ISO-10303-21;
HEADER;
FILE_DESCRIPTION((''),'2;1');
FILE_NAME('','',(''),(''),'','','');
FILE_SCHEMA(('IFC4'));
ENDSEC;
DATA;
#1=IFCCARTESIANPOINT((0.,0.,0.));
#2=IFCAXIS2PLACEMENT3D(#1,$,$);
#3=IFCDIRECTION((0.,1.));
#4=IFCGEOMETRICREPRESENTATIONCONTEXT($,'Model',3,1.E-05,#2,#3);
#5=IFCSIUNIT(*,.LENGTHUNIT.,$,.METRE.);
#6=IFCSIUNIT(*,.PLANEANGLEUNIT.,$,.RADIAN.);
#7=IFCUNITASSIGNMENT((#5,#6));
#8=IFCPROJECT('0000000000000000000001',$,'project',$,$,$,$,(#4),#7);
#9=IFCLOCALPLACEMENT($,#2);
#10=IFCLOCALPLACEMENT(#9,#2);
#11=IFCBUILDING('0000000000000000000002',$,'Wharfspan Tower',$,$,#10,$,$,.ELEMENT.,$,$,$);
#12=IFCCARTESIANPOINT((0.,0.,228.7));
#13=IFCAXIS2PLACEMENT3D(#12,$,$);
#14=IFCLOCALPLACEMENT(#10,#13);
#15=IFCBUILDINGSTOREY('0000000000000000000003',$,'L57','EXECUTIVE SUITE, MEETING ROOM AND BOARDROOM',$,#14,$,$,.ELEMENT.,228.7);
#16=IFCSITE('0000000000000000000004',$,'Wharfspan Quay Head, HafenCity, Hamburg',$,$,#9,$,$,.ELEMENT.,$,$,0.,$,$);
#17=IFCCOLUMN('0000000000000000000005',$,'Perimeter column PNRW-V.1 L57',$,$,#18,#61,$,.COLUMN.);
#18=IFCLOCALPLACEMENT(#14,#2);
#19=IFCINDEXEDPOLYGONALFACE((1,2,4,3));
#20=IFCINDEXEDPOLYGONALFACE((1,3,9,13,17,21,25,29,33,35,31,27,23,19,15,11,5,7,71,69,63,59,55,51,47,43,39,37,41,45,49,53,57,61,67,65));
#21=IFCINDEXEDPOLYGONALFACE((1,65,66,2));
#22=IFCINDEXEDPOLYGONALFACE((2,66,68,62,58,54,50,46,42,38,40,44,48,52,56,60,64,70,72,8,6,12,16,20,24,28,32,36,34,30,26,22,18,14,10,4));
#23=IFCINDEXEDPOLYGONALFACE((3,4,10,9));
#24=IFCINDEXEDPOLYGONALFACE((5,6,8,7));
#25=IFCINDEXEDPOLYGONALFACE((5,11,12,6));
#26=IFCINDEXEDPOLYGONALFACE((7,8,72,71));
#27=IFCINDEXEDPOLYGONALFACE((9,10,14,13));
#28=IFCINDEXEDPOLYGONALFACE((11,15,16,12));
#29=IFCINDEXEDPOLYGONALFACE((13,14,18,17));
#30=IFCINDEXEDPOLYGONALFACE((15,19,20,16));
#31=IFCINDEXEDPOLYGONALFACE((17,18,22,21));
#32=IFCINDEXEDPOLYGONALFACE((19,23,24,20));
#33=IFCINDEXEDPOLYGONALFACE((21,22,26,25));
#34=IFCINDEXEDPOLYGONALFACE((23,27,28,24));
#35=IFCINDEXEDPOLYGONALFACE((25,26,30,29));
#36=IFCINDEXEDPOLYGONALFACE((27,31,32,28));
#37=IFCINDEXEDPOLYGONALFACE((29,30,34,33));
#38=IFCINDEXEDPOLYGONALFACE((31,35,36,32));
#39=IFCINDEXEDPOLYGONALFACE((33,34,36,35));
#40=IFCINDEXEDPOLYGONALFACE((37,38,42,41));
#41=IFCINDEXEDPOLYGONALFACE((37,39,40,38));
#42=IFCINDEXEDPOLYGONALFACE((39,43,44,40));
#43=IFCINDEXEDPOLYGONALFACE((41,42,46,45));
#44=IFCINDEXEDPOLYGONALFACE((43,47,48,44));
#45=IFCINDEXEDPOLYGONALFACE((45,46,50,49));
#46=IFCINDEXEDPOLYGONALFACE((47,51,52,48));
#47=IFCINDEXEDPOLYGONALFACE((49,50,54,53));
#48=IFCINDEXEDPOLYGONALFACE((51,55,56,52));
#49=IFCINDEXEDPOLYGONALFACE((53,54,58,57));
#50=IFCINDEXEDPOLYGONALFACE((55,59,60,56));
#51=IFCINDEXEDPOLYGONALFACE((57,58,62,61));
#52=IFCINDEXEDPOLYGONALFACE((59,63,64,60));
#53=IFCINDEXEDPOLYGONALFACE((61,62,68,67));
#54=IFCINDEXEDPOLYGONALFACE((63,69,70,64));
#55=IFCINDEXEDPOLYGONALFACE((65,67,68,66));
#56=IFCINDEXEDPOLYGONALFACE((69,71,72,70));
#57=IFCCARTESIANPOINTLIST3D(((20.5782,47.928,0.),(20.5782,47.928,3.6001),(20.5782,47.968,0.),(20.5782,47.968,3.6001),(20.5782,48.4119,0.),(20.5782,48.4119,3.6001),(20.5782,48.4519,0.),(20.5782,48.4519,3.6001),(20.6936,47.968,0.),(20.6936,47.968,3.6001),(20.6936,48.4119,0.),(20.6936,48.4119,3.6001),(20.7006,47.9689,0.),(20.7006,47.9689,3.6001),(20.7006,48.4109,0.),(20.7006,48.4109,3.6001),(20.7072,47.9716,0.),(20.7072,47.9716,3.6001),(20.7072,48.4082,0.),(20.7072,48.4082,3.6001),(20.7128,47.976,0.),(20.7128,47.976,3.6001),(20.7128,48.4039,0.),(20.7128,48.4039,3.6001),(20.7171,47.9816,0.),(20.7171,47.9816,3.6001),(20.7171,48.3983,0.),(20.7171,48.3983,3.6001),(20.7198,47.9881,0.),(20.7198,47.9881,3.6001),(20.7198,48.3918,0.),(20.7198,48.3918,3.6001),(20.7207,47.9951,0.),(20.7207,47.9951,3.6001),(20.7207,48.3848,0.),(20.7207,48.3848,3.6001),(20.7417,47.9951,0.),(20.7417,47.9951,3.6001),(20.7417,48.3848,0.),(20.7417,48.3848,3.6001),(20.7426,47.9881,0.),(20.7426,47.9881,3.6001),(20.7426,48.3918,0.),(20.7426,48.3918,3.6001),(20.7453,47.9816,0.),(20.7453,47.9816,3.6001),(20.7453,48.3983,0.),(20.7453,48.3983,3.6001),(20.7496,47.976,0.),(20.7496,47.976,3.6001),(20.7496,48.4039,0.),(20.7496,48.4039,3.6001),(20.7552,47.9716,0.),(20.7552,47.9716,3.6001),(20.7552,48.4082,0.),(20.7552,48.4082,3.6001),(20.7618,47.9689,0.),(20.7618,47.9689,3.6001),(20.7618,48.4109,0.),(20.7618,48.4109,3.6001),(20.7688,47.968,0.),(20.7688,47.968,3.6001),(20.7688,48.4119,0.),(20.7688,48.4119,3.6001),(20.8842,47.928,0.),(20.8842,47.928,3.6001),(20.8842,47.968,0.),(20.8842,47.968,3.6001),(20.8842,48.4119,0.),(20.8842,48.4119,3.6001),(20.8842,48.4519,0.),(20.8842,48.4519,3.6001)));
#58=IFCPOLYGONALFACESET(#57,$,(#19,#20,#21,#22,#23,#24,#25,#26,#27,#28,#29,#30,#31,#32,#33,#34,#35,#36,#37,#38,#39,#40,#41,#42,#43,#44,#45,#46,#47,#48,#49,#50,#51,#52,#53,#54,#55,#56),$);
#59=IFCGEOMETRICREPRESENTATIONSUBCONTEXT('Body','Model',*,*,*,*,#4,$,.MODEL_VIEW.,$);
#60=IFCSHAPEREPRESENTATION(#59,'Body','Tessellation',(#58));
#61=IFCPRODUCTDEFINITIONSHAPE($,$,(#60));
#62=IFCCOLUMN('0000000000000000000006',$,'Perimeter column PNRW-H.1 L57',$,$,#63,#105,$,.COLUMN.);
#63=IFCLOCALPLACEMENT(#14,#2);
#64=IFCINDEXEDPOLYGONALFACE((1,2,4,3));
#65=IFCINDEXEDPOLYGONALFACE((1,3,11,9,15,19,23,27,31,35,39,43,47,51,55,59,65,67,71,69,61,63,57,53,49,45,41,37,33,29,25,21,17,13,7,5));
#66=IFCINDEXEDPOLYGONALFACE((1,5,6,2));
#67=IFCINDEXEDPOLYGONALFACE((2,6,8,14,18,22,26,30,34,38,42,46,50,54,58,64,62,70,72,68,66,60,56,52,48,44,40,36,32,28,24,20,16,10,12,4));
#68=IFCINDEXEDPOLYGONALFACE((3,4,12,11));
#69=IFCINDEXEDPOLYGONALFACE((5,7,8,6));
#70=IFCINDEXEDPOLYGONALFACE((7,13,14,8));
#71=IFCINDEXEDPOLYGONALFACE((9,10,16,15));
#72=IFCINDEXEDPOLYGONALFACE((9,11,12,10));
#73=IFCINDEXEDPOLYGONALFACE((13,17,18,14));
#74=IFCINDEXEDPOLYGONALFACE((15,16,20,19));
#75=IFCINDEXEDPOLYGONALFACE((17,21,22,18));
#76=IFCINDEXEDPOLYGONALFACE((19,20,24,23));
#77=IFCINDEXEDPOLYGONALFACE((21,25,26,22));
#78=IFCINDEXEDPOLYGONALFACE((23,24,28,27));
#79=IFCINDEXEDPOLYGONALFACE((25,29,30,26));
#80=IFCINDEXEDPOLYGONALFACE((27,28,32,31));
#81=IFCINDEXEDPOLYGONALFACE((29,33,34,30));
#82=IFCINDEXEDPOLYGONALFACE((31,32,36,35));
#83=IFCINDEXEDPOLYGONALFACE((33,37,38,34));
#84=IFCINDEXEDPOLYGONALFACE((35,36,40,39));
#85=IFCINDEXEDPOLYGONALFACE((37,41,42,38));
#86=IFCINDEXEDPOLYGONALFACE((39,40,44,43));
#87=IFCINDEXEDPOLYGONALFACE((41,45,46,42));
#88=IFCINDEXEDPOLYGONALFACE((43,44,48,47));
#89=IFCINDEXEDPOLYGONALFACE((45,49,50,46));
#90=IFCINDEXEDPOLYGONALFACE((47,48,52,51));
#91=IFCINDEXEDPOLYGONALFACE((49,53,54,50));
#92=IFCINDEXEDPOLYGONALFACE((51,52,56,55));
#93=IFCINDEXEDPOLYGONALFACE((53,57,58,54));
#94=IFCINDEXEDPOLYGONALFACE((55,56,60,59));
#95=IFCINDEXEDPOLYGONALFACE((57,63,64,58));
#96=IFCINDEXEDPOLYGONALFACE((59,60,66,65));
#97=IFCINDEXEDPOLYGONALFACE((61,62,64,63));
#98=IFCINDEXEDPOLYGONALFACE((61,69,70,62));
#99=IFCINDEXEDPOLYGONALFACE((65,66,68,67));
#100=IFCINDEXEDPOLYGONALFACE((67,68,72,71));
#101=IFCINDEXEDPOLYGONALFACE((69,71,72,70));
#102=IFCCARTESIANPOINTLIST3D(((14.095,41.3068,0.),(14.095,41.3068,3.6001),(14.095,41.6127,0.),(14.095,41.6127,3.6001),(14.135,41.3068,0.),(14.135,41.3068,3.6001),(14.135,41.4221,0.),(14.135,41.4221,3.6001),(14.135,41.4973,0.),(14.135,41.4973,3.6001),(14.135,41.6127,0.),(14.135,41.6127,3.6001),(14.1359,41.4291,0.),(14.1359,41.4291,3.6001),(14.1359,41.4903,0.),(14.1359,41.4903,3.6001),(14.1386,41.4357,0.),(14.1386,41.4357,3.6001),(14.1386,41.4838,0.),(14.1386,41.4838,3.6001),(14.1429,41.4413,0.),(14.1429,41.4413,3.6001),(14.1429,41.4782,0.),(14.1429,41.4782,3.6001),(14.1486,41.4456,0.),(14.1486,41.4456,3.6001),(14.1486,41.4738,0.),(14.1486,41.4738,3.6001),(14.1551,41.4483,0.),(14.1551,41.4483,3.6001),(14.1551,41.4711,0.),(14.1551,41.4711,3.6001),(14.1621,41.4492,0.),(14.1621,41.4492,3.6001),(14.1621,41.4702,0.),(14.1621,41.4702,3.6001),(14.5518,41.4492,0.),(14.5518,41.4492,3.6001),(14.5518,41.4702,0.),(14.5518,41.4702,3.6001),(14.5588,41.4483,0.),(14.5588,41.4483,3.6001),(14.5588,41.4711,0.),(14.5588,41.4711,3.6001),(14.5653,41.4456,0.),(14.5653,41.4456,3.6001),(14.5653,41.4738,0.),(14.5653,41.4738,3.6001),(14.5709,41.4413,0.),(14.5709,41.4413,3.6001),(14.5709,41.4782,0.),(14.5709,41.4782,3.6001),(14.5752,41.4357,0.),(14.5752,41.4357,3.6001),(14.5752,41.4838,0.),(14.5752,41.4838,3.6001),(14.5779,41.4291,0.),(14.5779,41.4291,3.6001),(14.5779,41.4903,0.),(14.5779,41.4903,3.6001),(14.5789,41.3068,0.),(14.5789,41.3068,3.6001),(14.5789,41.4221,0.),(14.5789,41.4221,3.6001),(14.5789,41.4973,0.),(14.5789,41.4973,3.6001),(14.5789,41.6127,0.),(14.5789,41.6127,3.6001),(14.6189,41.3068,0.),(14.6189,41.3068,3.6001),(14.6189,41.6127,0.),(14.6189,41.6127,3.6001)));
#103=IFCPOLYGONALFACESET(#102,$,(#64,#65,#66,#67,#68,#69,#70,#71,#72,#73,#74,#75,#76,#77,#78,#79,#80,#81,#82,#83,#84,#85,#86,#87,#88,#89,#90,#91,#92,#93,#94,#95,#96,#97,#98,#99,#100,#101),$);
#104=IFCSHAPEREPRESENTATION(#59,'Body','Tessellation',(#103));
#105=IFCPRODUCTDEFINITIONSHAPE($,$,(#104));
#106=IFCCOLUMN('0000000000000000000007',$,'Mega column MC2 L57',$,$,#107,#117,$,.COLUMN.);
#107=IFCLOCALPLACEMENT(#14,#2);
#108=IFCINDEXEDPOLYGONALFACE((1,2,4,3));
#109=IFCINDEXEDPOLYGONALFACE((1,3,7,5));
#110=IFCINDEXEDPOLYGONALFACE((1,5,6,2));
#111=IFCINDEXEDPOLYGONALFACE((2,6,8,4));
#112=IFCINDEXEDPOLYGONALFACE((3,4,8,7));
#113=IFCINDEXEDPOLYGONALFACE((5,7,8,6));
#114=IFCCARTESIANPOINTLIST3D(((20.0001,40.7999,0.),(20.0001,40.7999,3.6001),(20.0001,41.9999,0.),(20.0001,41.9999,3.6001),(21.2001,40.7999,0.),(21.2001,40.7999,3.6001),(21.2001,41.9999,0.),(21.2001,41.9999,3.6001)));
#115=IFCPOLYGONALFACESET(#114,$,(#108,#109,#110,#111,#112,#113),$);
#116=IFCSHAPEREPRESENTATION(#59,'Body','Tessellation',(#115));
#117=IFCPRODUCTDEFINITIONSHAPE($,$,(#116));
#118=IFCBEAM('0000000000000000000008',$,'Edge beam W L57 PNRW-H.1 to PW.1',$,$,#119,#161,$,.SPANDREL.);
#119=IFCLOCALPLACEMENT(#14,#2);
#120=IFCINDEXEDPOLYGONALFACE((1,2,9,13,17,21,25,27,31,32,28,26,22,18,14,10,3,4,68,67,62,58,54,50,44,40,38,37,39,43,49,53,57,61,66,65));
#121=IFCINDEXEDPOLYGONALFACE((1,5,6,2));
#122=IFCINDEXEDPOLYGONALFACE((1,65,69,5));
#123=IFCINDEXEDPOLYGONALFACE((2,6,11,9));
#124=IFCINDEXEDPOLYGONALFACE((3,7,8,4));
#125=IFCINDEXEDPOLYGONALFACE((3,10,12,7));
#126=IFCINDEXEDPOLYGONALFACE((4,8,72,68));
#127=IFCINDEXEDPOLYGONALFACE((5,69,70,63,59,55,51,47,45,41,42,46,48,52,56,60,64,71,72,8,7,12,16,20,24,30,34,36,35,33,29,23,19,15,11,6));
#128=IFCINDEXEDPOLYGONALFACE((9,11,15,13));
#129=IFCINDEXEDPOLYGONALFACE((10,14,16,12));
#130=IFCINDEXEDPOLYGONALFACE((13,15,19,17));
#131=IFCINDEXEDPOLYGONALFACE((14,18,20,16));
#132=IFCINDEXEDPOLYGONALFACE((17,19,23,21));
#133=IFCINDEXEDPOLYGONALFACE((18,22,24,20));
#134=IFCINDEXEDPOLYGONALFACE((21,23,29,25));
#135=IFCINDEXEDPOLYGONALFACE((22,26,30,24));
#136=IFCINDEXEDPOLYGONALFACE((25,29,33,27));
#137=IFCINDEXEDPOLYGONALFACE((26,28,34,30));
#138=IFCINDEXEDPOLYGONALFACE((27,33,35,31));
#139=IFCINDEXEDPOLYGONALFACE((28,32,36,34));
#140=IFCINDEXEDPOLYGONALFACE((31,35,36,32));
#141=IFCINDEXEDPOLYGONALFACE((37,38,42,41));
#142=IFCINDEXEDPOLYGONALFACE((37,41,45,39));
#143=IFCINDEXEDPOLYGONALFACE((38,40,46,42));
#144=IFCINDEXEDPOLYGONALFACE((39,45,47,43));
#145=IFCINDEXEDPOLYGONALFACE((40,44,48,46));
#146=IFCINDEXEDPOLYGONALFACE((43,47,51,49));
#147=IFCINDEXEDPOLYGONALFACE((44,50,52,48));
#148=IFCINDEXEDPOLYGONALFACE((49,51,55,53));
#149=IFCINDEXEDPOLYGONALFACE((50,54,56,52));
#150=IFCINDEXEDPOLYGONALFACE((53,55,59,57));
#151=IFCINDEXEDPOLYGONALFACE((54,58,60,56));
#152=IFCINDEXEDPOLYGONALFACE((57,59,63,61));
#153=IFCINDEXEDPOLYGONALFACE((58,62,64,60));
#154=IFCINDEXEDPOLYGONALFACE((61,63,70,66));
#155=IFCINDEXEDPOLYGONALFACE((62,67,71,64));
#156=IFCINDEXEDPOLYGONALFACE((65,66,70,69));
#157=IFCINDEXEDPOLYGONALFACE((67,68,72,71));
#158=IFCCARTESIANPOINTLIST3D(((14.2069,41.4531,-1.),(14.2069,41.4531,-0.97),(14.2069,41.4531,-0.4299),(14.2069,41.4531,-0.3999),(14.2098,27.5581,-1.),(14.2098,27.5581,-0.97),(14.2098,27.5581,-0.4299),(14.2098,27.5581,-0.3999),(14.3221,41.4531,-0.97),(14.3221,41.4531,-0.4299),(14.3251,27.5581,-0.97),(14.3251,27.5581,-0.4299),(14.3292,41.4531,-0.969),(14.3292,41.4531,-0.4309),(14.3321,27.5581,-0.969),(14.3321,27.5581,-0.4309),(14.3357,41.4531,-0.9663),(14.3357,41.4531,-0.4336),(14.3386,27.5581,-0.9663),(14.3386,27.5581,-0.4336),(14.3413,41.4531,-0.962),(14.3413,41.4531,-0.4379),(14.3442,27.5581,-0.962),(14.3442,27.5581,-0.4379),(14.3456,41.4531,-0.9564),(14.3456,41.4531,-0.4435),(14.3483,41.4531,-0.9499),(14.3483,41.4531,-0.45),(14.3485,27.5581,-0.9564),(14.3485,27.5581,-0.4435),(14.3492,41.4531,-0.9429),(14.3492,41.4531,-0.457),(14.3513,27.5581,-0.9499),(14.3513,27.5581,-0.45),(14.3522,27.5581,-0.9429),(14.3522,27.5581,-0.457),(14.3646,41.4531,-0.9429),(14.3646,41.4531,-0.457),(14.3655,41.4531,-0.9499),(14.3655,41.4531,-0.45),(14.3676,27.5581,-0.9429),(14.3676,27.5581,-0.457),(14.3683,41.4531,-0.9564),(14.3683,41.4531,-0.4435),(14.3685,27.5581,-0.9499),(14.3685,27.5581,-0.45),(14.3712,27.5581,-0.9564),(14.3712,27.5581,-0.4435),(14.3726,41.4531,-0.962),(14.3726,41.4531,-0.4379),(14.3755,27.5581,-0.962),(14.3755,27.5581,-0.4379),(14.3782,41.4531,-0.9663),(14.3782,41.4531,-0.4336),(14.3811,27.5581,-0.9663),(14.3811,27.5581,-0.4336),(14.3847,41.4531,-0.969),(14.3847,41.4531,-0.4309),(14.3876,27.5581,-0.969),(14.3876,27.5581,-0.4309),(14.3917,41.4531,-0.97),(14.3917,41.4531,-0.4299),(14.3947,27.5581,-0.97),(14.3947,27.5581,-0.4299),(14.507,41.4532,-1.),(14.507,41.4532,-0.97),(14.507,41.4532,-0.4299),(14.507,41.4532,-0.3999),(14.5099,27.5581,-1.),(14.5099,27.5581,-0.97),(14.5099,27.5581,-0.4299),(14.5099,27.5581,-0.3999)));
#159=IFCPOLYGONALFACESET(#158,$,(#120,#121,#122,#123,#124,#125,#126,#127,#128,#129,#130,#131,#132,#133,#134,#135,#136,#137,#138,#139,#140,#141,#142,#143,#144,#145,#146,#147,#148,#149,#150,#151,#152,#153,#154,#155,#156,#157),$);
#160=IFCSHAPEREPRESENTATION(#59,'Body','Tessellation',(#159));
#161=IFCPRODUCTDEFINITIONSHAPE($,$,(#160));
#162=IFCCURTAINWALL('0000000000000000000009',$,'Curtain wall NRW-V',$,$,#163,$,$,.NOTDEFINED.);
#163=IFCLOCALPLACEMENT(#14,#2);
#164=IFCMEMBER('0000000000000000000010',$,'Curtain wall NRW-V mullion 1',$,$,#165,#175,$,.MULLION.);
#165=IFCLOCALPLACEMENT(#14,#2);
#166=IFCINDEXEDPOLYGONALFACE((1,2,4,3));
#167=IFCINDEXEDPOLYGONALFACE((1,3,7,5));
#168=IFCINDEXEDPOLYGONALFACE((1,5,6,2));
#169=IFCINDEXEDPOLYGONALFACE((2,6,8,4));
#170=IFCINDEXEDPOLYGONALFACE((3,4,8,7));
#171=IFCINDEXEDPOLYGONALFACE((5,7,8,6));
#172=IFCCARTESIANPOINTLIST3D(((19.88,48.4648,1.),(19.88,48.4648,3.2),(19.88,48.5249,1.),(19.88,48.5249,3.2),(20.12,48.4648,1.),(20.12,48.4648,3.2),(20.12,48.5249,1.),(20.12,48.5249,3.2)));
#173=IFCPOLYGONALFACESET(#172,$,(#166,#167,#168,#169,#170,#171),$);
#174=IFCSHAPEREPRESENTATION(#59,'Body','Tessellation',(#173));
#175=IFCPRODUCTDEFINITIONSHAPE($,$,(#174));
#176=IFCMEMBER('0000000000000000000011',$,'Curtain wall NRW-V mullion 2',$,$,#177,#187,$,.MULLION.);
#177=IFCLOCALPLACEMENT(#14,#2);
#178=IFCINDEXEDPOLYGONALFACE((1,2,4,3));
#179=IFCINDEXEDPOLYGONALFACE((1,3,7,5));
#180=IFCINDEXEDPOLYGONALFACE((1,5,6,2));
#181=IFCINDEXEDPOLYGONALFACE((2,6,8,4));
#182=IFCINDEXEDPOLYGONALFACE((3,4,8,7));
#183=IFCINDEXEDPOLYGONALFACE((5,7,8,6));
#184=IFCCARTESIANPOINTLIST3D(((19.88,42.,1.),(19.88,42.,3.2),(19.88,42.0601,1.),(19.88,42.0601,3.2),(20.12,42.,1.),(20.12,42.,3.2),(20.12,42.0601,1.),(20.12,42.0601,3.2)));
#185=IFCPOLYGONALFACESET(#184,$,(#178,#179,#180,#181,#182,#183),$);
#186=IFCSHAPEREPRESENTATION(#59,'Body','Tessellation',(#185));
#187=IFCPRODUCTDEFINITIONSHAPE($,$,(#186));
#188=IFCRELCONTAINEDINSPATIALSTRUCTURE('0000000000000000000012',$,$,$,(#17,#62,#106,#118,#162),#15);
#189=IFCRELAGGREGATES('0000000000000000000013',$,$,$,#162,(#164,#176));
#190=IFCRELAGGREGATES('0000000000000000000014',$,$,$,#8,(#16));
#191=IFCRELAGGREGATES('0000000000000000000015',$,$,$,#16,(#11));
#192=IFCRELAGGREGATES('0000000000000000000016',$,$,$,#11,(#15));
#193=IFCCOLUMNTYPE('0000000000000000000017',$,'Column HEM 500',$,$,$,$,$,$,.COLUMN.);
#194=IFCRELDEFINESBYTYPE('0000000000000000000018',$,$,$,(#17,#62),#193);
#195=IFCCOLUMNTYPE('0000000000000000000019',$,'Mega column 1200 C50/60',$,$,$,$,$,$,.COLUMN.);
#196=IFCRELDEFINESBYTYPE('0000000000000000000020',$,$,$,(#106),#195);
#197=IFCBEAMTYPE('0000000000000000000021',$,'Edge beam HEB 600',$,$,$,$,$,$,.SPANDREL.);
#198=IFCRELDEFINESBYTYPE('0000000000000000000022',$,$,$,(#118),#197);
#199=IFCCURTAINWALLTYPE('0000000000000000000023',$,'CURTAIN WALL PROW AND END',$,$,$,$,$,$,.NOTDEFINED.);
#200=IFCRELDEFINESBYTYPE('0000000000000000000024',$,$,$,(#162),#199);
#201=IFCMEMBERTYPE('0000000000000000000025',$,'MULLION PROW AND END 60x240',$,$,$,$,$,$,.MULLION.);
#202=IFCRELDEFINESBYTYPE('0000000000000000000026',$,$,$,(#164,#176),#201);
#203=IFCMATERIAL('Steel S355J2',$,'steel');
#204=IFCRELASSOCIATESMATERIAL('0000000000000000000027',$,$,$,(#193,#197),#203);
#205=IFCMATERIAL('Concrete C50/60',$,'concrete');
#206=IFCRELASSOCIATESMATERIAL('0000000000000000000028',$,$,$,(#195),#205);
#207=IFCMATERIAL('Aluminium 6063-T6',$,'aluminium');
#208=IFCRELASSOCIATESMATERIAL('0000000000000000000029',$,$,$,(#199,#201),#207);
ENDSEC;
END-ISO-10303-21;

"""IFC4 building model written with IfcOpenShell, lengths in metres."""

from ifc_helpers import new_model, si_unit, direction, frame, origin, origin_2d, place, context, subcontext, project, spatial, rectangle, i_section, extrude, material, material_profile, profile_set, type_object, element, aggregate, save


model = new_model("IFC4")

# Units and contexts
model_context = context("Model", 3, precision=1e-05, world=origin(), true_north=direction((0.0, 1.0)))
body_context = subcontext(model_context, "Body", "Model", "MODEL_VIEW")
ifc_project = project(units=[si_unit("LENGTHUNIT", "METRE"), si_unit("PLANEANGLEUNIT", "RADIAN")], contexts=[model_context])

# Site, building, storey
site_placement = place(None, origin())
site = spatial("IfcSite", under=ifc_project, at=site_placement, Name="Wharfspan Quay Head, HafenCity, Hamburg", CompositionType="ELEMENT", RefElevation=0.0)
building_placement = place(site_placement, origin())
building = spatial("IfcBuilding", under=site, at=building_placement, Name="Wharfspan Tower", CompositionType="ELEMENT")
storey_placement = place(building_placement, frame((0.0, 0.0, 228.7)))
storey = spatial("IfcBuildingStorey", under=building, at=storey_placement, Name="L57", Description="EXECUTIVE SUITE, MEETING ROOM AND BOARDROOM", CompositionType="ELEMENT", Elevation=228.7)

# Columns
ifc_material_1 = material(Name="Steel S355J2", Category="steel")
ifc_material_profile_1 = material_profile(ifc_material_1, i_section(OverallWidth=0.3059, OverallDepth=0.5239, WebThickness=0.021, FlangeThickness=0.04, FilletRadius=0.0271, at=origin_2d()))
ifc_profile_set_1 = profile_set([ifc_material_profile_1], Name="Steel S355J2")
column_type_1 = type_object("IfcColumnType", Name="Column HEM 500", PredefinedType="COLUMN", material=ifc_profile_set_1)
for number, where, z_axis, x_axis, name in (
    (1, (20.7312, 48.1899, 0.0), (0.0, 0.0, 1.0), (-1.0, 0.0, 0.0), "Perimeter column PNRW-V.1 L57"),
    (2, (14.3569, 41.4597, 0.0), (0.0, 0.0, 1.0), (0.0, 1.0, 0.0), "Perimeter column PNRW-H.1 L57"),
):
    element("IfcColumn", number, at=place(storey_placement, frame(where, z_axis=z_axis, x_axis=x_axis)), inside=storey, type_object=column_type_1, Name=name, PredefinedType="COLUMN", context=body_context, shape_type="SweptSolid", body=[
        extrude(i_section(OverallWidth=0.3059, OverallDepth=0.5239, WebThickness=0.021, FlangeThickness=0.04, FilletRadius=0.0271, at=origin_2d()), origin(), (0.0, 0.0, 1.0), 3.6001),
    ])
ifc_material_2 = material(Name="Concrete C50/60", Category="concrete")
ifc_material_profile_2 = material_profile(ifc_material_2, rectangle(XDim=1.2, YDim=1.2, at=origin_2d()))
ifc_profile_set_2 = profile_set([ifc_material_profile_2], Name="Concrete C50/60")
column_type_2 = type_object("IfcColumnType", Name="Mega column 1200 C50/60", PredefinedType="COLUMN", material=ifc_profile_set_2)
column_placement = place(storey_placement, frame((20.6001, 41.3999, 0.0), z_axis=(0.0, 0.0, 1.0), x_axis=(1.0, 0.0, 0.0)))
element("IfcColumn", 3, at=column_placement, inside=storey, type_object=column_type_2, Name="Mega column MC2 L57", PredefinedType="COLUMN", context=body_context, shape_type="SweptSolid", body=[
    extrude(rectangle(XDim=1.2, YDim=1.2, at=origin_2d()), origin(), (0.0, 0.0, 1.0), 3.6001),
])

# Beam
ifc_material_profile_3 = material_profile(ifc_material_1, i_section(OverallWidth=0.3, OverallDepth=0.6001, WebThickness=0.0154, FlangeThickness=0.03, FilletRadius=0.0271, at=origin_2d()))
ifc_profile_set_3 = profile_set([ifc_material_profile_3], Name="Steel S355J2")
beam_type = type_object("IfcBeamType", Name="Edge beam HEB 600", PredefinedType="SPANDREL", material=ifc_profile_set_3)
beam_placement = place(storey_placement, frame((14.3569, 41.4531, -0.7), z_axis=(0.000211, -1.0, 0.0), x_axis=(1.0, 0.000211, 0.0)))
element("IfcBeam", 4, at=beam_placement, inside=storey, type_object=beam_type, Name="Edge beam W L57 PNRW-H.1 to PW.1", PredefinedType="SPANDREL", context=body_context, shape_type="SweptSolid", body=[
    extrude(i_section(OverallWidth=0.3, OverallDepth=0.6001, WebThickness=0.0154, FlangeThickness=0.03, FilletRadius=0.0271, at=origin_2d()), origin(), (0.0, 0.0, 1.0), 13.895),
])

# Curtain wall, members
ifc_material_3 = material(Name="Aluminium 6063-T6", Category="aluminium")
curtain_wall_type = type_object("IfcCurtainWallType", Name="CURTAIN WALL PROW AND END", PredefinedType="NOTDEFINED", material=ifc_material_3)
curtain_wall_1_placement = place(storey_placement, origin())
curtain_wall_1 = element("IfcCurtainWall", 5, at=curtain_wall_1_placement, inside=storey, type_object=curtain_wall_type, Name="Curtain wall NRW-V", PredefinedType="NOTDEFINED")
ifc_material_profile_4 = material_profile(ifc_material_3, rectangle(XDim=0.24, YDim=0.0601, at=origin_2d()))
ifc_profile_set_4 = profile_set([ifc_material_profile_4], Name="Aluminium 6063-T6")
member_type_1 = type_object("IfcMemberType", Name="MULLION PROW AND END 60x240", PredefinedType="MULLION", material=ifc_profile_set_4)
member_1_placement = place(storey_placement, frame((20.0, 48.4949, 1.0), z_axis=(0.0, 0.0, 1.0), x_axis=(1.0, 0.0, 0.0)))
member_1 = element("IfcMember", 6, at=member_1_placement, type_object=member_type_1, Name="Curtain wall NRW-V mullion 1", PredefinedType="MULLION", context=body_context, shape_type="SweptSolid", body=[
    extrude(rectangle(XDim=0.24, YDim=0.0601, at=origin_2d()), origin(), (0.0, 0.0, 1.0), 2.2),
])
member_2_placement = place(storey_placement, frame((20.0, 42.03, 1.0), z_axis=(0.0, 0.0, 1.0), x_axis=(1.0, 0.0, 0.0)))
member_2 = element("IfcMember", 7, at=member_2_placement, type_object=member_type_1, Name="Curtain wall NRW-V mullion 2", PredefinedType="MULLION", context=body_context, shape_type="SweptSolid", body=[
    extrude(rectangle(XDim=0.24, YDim=0.0601, at=origin_2d()), origin(), (0.0, 0.0, 1.0), 2.2),
])

aggregate(curtain_wall_1, [member_1, member_2])

save(model, "model.ifc")
